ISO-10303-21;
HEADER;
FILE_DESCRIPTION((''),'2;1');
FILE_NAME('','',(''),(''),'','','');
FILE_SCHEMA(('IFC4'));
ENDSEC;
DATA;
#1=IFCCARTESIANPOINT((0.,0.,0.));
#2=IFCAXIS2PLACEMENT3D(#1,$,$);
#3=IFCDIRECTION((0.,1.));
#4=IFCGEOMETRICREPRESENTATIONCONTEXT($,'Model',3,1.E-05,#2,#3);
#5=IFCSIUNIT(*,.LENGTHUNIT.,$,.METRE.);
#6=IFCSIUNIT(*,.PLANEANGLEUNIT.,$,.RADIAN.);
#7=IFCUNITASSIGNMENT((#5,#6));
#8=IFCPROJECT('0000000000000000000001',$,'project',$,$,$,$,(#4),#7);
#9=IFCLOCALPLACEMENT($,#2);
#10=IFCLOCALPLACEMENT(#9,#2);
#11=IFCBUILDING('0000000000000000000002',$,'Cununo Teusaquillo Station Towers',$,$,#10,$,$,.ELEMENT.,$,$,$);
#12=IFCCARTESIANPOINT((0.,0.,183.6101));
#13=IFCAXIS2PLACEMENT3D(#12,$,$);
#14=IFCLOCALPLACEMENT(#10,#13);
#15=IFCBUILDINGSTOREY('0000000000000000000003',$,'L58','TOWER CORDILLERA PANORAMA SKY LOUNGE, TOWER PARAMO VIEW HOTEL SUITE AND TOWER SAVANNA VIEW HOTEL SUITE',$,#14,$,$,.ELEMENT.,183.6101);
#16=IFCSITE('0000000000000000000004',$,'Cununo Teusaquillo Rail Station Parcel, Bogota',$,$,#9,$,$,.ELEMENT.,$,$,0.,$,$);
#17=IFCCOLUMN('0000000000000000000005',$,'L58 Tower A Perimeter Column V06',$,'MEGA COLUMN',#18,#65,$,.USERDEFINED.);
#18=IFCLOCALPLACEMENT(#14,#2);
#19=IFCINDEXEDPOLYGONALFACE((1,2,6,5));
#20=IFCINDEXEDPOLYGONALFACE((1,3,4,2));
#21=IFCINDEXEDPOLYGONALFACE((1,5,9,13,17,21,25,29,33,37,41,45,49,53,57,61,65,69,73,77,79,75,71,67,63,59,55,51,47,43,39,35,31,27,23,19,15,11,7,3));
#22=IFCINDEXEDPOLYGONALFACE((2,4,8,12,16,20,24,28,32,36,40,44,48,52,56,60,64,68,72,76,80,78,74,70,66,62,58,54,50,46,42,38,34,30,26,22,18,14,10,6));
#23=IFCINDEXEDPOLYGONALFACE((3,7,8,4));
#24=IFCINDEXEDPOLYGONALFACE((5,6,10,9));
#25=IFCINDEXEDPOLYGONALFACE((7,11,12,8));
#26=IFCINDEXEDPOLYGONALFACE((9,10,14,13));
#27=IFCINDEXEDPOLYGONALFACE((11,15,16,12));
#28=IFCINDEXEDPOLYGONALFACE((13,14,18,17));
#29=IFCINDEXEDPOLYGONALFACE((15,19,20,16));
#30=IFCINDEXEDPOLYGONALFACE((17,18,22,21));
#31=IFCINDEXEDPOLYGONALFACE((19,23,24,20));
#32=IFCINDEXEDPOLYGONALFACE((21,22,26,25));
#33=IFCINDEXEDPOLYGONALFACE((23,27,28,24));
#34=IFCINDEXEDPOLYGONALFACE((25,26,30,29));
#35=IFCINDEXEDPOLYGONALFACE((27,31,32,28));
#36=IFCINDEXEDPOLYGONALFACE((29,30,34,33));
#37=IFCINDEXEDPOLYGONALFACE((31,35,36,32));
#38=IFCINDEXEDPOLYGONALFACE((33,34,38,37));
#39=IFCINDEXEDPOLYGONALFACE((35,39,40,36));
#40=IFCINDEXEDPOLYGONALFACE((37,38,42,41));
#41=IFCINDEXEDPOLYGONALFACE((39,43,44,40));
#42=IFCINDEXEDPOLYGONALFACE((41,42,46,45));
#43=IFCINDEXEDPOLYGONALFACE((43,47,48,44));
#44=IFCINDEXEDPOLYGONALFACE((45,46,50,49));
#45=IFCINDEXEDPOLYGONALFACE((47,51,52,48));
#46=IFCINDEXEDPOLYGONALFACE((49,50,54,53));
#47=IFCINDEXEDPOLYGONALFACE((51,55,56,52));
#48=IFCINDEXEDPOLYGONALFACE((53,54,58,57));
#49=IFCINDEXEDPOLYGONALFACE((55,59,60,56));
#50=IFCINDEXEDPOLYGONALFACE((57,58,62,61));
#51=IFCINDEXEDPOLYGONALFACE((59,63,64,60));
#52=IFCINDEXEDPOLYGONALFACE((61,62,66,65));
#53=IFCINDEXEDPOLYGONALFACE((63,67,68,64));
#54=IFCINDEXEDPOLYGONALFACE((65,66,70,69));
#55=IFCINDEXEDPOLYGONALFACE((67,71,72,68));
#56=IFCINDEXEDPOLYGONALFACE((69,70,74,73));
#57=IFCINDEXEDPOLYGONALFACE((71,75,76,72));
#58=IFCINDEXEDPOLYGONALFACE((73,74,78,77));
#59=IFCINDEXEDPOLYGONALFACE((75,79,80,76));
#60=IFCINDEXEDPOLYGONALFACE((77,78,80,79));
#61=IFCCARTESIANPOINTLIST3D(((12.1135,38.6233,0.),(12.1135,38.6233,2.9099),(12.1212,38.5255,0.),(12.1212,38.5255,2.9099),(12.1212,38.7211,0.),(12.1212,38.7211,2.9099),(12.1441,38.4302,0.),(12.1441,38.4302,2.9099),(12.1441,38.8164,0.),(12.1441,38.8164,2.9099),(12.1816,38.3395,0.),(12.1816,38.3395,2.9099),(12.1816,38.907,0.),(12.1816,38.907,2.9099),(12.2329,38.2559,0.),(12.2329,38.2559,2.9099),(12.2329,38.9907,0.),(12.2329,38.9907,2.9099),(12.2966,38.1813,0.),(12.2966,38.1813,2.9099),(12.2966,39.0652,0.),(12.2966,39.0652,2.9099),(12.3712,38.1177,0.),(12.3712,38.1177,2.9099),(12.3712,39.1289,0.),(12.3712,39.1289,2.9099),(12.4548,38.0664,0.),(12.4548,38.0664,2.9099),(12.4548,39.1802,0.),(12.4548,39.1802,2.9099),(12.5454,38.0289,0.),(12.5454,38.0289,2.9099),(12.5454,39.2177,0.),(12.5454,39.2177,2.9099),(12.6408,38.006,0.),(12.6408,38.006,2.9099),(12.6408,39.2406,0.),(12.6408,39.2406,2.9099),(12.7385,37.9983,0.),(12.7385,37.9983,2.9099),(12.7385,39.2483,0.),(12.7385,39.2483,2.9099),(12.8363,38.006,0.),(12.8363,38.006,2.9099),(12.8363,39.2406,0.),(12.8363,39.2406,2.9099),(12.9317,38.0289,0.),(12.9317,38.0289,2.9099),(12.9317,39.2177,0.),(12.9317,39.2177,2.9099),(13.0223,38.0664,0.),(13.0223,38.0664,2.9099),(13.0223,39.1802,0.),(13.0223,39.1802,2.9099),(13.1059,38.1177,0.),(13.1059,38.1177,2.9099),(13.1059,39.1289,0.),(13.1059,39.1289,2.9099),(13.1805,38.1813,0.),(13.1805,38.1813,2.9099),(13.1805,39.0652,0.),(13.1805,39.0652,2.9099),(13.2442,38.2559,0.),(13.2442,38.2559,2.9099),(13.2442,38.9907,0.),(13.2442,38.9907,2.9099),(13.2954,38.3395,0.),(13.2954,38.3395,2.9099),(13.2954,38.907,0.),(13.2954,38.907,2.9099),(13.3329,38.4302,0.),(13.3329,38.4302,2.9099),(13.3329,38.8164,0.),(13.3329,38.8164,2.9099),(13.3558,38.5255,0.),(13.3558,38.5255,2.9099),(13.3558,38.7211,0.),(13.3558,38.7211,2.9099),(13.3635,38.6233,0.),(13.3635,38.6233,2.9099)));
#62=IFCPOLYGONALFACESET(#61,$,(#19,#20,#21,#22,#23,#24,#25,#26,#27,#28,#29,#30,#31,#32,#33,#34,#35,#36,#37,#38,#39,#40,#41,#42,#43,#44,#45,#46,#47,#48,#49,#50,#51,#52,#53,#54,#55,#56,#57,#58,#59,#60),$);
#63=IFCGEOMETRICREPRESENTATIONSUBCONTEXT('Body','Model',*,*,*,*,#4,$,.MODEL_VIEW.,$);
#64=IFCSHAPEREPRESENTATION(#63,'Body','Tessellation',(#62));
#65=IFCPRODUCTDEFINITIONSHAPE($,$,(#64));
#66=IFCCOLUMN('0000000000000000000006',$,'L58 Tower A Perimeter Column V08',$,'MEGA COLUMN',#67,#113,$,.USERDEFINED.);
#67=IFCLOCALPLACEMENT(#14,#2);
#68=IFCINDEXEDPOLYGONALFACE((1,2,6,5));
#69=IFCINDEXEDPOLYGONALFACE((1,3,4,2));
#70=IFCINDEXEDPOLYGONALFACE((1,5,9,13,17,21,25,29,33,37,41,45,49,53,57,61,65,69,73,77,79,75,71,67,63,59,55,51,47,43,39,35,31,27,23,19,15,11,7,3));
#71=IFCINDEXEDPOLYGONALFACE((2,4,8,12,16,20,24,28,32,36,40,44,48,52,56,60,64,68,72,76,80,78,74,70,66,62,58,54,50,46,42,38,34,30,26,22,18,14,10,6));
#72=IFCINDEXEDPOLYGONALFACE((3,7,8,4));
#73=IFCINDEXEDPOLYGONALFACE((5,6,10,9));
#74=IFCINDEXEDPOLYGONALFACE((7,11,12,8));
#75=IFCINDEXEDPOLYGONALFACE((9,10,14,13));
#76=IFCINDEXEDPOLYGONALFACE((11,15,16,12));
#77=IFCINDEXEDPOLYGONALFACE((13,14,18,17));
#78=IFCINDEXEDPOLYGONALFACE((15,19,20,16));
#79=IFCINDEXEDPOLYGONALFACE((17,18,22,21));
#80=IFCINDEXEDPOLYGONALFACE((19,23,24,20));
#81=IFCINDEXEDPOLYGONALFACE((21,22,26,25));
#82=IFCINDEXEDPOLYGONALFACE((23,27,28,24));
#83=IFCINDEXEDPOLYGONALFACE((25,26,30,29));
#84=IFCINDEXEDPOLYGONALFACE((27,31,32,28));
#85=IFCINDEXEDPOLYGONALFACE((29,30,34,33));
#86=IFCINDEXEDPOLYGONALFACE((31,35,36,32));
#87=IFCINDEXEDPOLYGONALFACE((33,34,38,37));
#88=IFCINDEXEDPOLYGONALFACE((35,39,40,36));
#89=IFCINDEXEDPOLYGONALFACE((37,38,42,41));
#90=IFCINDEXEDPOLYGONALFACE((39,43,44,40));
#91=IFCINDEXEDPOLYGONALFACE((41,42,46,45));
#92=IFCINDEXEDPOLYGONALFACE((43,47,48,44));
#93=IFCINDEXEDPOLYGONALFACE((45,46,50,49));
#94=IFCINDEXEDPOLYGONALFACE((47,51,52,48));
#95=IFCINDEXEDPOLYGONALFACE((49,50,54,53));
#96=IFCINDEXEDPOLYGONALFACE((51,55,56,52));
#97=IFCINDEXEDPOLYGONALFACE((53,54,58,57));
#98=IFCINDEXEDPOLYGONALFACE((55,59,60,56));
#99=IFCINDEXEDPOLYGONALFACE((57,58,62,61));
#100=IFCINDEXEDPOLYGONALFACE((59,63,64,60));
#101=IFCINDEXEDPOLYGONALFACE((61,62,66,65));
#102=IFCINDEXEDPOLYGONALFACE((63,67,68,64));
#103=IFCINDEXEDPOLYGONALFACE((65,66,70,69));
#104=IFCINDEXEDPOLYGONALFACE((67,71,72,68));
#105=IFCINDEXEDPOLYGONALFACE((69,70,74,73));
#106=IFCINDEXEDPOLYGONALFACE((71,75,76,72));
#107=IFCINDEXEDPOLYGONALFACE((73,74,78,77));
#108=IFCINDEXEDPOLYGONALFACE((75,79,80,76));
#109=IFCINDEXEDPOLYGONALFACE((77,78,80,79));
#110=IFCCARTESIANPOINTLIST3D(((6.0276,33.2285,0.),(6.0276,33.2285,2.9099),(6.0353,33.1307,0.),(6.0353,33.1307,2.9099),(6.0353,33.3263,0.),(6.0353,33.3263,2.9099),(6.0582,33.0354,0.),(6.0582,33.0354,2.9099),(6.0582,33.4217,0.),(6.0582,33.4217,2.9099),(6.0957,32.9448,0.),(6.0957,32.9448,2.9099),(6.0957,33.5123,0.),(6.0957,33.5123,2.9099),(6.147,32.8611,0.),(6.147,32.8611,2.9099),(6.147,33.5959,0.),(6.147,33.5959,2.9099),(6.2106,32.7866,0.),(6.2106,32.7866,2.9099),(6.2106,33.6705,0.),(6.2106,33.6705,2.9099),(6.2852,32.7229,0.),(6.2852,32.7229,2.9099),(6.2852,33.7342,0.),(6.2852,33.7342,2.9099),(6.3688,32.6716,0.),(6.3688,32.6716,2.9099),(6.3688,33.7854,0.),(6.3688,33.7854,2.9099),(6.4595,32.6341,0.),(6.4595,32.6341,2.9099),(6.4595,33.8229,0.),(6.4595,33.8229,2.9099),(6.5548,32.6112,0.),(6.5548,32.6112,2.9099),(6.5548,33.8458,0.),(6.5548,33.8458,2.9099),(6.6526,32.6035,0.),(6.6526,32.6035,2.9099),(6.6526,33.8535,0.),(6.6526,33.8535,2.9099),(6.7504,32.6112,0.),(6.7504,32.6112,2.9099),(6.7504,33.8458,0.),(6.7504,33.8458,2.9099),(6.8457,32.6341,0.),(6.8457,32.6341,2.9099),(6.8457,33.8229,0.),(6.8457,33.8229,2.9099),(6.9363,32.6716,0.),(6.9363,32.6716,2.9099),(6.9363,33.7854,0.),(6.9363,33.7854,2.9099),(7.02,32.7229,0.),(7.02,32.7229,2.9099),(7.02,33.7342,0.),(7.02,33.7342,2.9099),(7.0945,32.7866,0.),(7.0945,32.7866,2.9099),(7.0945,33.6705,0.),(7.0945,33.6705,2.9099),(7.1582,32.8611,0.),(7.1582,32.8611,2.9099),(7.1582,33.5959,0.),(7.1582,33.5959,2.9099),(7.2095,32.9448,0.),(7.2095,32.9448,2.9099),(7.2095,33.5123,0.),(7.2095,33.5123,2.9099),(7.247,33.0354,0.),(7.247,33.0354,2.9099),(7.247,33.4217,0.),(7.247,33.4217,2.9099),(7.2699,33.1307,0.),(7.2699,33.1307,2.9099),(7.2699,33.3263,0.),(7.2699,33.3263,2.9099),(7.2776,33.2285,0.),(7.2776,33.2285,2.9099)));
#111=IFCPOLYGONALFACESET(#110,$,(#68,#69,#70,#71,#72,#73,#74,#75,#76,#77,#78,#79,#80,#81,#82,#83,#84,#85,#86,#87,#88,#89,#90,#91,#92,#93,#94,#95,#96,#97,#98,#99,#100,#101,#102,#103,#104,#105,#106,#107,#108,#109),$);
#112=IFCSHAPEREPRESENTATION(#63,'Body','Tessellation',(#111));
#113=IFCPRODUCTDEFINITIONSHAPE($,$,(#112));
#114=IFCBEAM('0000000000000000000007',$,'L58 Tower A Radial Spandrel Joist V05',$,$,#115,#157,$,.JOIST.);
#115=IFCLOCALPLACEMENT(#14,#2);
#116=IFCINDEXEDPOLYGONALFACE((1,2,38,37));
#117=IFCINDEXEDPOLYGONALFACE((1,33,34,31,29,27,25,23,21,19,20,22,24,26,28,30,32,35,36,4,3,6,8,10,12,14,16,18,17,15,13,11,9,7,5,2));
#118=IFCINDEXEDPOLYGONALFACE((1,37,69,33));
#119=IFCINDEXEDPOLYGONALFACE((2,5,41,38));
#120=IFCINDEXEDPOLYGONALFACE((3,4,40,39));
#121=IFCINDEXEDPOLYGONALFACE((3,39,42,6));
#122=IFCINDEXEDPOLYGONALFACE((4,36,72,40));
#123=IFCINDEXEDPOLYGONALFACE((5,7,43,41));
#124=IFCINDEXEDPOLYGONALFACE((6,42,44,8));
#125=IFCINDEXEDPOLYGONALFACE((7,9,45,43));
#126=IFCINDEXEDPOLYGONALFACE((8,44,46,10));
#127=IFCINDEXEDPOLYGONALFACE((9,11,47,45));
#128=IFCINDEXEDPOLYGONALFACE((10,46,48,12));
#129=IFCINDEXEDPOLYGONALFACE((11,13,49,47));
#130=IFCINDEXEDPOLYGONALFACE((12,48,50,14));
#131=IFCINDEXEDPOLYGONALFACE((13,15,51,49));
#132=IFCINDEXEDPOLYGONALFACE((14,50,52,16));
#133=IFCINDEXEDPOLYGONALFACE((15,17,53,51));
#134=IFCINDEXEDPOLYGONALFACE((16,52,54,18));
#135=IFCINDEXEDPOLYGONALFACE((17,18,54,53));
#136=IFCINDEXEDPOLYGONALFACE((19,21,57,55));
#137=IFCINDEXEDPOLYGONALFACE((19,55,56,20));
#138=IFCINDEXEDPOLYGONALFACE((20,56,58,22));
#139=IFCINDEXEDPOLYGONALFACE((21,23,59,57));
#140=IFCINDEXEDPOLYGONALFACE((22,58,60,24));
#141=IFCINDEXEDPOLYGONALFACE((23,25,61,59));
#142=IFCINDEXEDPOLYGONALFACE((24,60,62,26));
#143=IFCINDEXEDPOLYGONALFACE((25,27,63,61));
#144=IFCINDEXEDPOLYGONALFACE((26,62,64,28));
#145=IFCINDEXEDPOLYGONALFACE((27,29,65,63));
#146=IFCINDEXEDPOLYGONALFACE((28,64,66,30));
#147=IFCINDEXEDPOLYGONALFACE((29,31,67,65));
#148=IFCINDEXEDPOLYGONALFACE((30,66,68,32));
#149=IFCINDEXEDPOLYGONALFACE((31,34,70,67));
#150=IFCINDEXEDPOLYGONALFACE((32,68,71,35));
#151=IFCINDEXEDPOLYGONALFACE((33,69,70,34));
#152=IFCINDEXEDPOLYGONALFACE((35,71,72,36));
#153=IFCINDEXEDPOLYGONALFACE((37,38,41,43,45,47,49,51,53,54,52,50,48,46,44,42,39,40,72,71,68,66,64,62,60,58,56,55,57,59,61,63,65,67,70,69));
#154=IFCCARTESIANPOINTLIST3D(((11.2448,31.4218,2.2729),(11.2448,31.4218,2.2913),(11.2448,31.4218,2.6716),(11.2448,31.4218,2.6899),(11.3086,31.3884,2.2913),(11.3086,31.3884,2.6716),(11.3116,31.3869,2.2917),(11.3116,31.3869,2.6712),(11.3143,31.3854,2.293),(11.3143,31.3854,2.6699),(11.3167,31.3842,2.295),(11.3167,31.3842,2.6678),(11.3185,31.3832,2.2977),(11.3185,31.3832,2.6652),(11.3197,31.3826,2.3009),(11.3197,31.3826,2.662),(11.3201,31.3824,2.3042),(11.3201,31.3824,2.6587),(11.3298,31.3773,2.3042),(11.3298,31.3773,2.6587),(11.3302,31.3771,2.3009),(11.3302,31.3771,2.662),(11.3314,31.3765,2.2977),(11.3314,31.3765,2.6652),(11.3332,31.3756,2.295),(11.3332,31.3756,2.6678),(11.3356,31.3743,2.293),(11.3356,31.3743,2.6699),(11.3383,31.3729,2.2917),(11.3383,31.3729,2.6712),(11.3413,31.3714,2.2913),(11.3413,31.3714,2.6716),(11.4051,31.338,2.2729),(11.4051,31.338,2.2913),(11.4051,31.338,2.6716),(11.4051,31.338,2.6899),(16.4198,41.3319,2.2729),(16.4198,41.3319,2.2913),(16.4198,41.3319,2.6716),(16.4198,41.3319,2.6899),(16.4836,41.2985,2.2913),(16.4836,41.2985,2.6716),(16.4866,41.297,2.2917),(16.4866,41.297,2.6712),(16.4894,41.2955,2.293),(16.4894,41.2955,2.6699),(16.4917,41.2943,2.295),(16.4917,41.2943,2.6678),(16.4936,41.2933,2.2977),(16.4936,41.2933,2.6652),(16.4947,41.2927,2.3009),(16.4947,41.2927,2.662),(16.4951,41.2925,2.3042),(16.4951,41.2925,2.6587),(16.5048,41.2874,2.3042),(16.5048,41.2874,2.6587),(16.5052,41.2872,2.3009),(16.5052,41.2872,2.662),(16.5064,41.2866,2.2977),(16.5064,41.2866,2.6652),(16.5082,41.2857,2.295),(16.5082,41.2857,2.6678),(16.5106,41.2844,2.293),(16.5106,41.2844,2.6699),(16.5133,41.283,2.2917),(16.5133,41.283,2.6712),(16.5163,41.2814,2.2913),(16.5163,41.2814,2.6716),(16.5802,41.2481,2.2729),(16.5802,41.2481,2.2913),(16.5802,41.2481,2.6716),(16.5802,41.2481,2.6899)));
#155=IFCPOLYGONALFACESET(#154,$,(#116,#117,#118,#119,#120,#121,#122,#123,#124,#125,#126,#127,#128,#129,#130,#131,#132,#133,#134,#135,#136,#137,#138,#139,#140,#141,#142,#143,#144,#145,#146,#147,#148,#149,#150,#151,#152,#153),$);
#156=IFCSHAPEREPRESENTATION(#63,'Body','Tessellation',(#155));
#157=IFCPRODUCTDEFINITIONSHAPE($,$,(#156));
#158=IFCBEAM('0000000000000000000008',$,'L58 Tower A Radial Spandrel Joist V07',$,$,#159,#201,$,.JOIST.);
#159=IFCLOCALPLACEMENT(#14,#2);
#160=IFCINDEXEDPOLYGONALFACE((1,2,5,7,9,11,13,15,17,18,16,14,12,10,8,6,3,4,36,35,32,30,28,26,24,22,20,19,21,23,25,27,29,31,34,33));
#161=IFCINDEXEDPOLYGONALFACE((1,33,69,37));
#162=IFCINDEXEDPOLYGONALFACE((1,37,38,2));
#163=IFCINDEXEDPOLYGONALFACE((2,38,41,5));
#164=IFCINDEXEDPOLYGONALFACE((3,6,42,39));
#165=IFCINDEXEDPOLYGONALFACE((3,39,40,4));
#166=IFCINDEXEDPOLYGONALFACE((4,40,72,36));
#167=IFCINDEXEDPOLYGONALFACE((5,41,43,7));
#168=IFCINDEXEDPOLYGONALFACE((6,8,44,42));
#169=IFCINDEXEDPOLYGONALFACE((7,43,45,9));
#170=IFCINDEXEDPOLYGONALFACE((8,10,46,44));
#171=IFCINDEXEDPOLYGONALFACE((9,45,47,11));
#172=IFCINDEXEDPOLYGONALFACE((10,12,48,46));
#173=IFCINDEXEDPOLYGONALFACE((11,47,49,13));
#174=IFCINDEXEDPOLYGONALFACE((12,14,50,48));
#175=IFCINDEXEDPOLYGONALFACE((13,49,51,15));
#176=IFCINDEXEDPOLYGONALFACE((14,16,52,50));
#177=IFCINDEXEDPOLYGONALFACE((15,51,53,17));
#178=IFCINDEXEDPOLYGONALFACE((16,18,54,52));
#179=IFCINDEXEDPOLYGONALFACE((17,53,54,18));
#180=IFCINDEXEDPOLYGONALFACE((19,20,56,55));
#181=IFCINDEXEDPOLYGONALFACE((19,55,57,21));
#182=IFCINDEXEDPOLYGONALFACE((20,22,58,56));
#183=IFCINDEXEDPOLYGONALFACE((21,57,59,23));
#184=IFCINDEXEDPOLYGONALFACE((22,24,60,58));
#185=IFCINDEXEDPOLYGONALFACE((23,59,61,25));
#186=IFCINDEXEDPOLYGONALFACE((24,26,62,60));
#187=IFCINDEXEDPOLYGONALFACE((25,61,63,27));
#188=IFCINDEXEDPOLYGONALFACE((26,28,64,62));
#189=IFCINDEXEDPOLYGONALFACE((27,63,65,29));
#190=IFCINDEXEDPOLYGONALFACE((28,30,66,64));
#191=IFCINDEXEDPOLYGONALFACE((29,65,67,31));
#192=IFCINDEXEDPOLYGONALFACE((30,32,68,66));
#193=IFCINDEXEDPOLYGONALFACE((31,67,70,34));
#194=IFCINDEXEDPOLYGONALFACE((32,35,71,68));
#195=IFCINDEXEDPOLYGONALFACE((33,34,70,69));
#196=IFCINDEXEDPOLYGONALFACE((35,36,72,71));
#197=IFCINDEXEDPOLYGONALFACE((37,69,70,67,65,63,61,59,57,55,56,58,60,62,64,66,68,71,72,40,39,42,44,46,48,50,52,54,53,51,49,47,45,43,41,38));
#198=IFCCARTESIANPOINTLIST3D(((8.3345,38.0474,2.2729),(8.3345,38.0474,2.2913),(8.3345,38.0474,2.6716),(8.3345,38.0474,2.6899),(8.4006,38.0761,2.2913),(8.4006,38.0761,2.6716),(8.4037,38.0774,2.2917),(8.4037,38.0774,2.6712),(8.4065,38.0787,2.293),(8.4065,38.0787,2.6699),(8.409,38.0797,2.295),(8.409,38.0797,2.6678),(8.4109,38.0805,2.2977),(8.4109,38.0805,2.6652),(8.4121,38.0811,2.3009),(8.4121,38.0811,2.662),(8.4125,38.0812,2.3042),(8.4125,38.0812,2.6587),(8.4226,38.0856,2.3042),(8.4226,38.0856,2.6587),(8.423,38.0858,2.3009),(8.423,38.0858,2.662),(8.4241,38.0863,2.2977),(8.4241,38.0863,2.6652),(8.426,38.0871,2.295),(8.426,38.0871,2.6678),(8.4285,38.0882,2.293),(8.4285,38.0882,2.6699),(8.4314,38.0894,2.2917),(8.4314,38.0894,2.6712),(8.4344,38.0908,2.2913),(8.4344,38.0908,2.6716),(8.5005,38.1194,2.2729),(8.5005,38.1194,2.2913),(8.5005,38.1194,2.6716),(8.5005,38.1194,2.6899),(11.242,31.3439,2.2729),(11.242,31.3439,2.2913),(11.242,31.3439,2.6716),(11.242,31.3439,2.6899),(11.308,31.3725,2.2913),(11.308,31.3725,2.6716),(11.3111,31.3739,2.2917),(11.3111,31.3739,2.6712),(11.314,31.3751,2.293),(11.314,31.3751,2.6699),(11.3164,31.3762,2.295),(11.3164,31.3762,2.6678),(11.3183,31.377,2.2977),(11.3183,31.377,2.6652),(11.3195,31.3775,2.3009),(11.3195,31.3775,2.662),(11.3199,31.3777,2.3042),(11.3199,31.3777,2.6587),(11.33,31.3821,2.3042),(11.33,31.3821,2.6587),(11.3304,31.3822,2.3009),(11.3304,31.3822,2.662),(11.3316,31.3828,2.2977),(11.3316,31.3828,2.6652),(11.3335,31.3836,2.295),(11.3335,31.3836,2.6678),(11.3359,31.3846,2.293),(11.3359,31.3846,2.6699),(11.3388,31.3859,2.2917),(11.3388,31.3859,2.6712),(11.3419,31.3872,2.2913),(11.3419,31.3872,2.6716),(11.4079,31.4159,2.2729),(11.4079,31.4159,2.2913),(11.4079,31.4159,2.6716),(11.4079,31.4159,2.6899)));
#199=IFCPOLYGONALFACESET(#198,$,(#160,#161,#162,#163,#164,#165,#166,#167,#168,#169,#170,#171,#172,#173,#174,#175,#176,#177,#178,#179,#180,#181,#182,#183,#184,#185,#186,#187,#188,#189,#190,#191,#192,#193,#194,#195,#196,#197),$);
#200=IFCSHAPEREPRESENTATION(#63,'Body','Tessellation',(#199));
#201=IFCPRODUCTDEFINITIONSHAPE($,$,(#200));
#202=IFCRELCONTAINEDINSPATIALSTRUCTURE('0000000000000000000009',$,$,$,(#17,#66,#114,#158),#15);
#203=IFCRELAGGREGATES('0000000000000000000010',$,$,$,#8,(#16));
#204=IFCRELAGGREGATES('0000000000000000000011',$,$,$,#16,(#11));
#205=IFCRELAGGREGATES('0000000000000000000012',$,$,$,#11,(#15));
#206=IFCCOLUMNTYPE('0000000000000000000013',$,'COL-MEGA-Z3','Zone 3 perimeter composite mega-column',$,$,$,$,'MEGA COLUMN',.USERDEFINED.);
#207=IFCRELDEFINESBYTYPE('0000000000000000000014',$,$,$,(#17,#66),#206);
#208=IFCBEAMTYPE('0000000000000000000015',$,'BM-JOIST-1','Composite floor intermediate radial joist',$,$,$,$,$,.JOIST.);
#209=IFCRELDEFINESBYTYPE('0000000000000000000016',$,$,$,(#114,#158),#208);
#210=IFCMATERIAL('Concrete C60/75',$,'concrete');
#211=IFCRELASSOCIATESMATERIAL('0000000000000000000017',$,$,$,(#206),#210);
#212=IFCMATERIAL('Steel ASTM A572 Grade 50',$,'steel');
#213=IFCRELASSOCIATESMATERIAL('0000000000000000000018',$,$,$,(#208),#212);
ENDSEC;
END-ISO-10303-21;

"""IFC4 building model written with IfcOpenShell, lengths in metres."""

from ifc_helpers import new_model, si_unit, direction, frame, origin, origin_2d, place, context, subcontext, project, spatial, circle, i_section, extrude, material, material_profile, profile_set, type_object, element, save


model = new_model("IFC4")

# Units and contexts
model_context = context("Model", 3, precision=1e-05, world=origin(), true_north=direction((0.0, 1.0)))
body_context = subcontext(model_context, "Body", "Model", "MODEL_VIEW")
ifc_project = project(units=[si_unit("LENGTHUNIT", "METRE"), si_unit("PLANEANGLEUNIT", "RADIAN")], contexts=[model_context])

# Site, building, storey
site_placement = place(None, origin())
site = spatial("IfcSite", under=ifc_project, at=site_placement, Name="Cununo Teusaquillo Rail Station Parcel, Bogota", CompositionType="ELEMENT", RefElevation=0.0)
building_placement = place(site_placement, origin())
building = spatial("IfcBuilding", under=site, at=building_placement, Name="Cununo Teusaquillo Station Towers", CompositionType="ELEMENT")
storey_placement = place(building_placement, frame((0.0, 0.0, 183.6101)))
storey = spatial("IfcBuildingStorey", under=building, at=storey_placement, Name="L58", Description="TOWER CORDILLERA PANORAMA SKY LOUNGE, TOWER PARAMO VIEW HOTEL SUITE AND TOWER SAVANNA VIEW HOTEL SUITE", CompositionType="ELEMENT", Elevation=183.6101)

# Columns
ifc_material_1 = material(Name="Concrete C60/75", Category="concrete")
ifc_material_profile_1 = material_profile(ifc_material_1, circle(Radius=0.625, at=origin_2d()), Name="RC-CIRC-1250")
ifc_profile_set_1 = profile_set([ifc_material_profile_1], Name="Concrete C60/75")
column_type = type_object("IfcColumnType", Name="COL-MEGA-Z3", Description="Zone 3 perimeter composite mega-column", ElementType="MEGA COLUMN", PredefinedType="USERDEFINED", material=ifc_profile_set_1)
for number, where, z_axis, x_axis, name in (
    (1, (12.7385, 38.6233, 0.0), (0.0, 0.0, 1.0), (1.0, 0.0, 0.0), "L58 Tower A Perimeter Column V06"),
    (2, (6.6526, 33.2285, 0.0), (0.0, 0.0, 1.0), (1.0, 0.0, 0.0), "L58 Tower A Perimeter Column V08"),
):
    element("IfcColumn", number, at=place(storey_placement, frame(where, z_axis=z_axis, x_axis=x_axis)), inside=storey, type_object=column_type, Name=name, ObjectType="MEGA COLUMN", PredefinedType="USERDEFINED", context=body_context, shape_type="SweptSolid", body=[
        extrude(circle(Radius=0.625, at=origin_2d()), origin(), (0.0, 0.0, 1.0), 2.9099),
    ])

# Beams
ifc_material_2 = material(Name="Steel ASTM A572 Grade 50", Category="steel")
ifc_material_profile_2 = material_profile(ifc_material_2, i_section(OverallWidth=0.1809, OverallDepth=0.417, WebThickness=0.011, FlangeThickness=0.0183, FilletRadius=0.0129, at=origin_2d()), Name="W16X57")
ifc_profile_set_2 = profile_set([ifc_material_profile_2], Name="Steel ASTM A572 Grade 50")
beam_type_1 = type_object("IfcBeamType", Name="BM-JOIST-1", Description="Composite floor intermediate radial joist", PredefinedType="JOIST", material=ifc_profile_set_2)
beam_1_placement = place(storey_placement, frame((11.325, 31.3799, 2.4814), z_axis=(0.462885, 0.886419, 0.0), x_axis=(-0.886419, 0.462885, 0.0)))
element("IfcBeam", 3, at=beam_1_placement, inside=storey, type_object=beam_type_1, Name="L58 Tower A Radial Spandrel Joist V05", PredefinedType="JOIST", context=body_context, shape_type="SweptSolid", body=[
    extrude(i_section(OverallWidth=0.1809, OverallDepth=0.417, WebThickness=0.011, FlangeThickness=0.0183, FilletRadius=0.0129, at=origin_2d()), origin(), (0.0, 0.0, 1.0), 11.1799),
])
beam_2_placement = place(storey_placement, frame((11.325, 31.3799, 2.4814), z_axis=(-0.397904, 0.917427, 0.0), x_axis=(-0.917427, -0.397904, 0.0)))
element("IfcBeam", 4, at=beam_2_placement, inside=storey, type_object=beam_type_1, Name="L58 Tower A Radial Spandrel Joist V07", PredefinedType="JOIST", context=body_context, shape_type="SweptSolid", body=[
    extrude(i_section(OverallWidth=0.1809, OverallDepth=0.417, WebThickness=0.011, FlangeThickness=0.0183, FilletRadius=0.0129, at=origin_2d()), origin(), (0.0, 0.0, 1.0), 7.3069),
])

save(model, "model.ifc")
